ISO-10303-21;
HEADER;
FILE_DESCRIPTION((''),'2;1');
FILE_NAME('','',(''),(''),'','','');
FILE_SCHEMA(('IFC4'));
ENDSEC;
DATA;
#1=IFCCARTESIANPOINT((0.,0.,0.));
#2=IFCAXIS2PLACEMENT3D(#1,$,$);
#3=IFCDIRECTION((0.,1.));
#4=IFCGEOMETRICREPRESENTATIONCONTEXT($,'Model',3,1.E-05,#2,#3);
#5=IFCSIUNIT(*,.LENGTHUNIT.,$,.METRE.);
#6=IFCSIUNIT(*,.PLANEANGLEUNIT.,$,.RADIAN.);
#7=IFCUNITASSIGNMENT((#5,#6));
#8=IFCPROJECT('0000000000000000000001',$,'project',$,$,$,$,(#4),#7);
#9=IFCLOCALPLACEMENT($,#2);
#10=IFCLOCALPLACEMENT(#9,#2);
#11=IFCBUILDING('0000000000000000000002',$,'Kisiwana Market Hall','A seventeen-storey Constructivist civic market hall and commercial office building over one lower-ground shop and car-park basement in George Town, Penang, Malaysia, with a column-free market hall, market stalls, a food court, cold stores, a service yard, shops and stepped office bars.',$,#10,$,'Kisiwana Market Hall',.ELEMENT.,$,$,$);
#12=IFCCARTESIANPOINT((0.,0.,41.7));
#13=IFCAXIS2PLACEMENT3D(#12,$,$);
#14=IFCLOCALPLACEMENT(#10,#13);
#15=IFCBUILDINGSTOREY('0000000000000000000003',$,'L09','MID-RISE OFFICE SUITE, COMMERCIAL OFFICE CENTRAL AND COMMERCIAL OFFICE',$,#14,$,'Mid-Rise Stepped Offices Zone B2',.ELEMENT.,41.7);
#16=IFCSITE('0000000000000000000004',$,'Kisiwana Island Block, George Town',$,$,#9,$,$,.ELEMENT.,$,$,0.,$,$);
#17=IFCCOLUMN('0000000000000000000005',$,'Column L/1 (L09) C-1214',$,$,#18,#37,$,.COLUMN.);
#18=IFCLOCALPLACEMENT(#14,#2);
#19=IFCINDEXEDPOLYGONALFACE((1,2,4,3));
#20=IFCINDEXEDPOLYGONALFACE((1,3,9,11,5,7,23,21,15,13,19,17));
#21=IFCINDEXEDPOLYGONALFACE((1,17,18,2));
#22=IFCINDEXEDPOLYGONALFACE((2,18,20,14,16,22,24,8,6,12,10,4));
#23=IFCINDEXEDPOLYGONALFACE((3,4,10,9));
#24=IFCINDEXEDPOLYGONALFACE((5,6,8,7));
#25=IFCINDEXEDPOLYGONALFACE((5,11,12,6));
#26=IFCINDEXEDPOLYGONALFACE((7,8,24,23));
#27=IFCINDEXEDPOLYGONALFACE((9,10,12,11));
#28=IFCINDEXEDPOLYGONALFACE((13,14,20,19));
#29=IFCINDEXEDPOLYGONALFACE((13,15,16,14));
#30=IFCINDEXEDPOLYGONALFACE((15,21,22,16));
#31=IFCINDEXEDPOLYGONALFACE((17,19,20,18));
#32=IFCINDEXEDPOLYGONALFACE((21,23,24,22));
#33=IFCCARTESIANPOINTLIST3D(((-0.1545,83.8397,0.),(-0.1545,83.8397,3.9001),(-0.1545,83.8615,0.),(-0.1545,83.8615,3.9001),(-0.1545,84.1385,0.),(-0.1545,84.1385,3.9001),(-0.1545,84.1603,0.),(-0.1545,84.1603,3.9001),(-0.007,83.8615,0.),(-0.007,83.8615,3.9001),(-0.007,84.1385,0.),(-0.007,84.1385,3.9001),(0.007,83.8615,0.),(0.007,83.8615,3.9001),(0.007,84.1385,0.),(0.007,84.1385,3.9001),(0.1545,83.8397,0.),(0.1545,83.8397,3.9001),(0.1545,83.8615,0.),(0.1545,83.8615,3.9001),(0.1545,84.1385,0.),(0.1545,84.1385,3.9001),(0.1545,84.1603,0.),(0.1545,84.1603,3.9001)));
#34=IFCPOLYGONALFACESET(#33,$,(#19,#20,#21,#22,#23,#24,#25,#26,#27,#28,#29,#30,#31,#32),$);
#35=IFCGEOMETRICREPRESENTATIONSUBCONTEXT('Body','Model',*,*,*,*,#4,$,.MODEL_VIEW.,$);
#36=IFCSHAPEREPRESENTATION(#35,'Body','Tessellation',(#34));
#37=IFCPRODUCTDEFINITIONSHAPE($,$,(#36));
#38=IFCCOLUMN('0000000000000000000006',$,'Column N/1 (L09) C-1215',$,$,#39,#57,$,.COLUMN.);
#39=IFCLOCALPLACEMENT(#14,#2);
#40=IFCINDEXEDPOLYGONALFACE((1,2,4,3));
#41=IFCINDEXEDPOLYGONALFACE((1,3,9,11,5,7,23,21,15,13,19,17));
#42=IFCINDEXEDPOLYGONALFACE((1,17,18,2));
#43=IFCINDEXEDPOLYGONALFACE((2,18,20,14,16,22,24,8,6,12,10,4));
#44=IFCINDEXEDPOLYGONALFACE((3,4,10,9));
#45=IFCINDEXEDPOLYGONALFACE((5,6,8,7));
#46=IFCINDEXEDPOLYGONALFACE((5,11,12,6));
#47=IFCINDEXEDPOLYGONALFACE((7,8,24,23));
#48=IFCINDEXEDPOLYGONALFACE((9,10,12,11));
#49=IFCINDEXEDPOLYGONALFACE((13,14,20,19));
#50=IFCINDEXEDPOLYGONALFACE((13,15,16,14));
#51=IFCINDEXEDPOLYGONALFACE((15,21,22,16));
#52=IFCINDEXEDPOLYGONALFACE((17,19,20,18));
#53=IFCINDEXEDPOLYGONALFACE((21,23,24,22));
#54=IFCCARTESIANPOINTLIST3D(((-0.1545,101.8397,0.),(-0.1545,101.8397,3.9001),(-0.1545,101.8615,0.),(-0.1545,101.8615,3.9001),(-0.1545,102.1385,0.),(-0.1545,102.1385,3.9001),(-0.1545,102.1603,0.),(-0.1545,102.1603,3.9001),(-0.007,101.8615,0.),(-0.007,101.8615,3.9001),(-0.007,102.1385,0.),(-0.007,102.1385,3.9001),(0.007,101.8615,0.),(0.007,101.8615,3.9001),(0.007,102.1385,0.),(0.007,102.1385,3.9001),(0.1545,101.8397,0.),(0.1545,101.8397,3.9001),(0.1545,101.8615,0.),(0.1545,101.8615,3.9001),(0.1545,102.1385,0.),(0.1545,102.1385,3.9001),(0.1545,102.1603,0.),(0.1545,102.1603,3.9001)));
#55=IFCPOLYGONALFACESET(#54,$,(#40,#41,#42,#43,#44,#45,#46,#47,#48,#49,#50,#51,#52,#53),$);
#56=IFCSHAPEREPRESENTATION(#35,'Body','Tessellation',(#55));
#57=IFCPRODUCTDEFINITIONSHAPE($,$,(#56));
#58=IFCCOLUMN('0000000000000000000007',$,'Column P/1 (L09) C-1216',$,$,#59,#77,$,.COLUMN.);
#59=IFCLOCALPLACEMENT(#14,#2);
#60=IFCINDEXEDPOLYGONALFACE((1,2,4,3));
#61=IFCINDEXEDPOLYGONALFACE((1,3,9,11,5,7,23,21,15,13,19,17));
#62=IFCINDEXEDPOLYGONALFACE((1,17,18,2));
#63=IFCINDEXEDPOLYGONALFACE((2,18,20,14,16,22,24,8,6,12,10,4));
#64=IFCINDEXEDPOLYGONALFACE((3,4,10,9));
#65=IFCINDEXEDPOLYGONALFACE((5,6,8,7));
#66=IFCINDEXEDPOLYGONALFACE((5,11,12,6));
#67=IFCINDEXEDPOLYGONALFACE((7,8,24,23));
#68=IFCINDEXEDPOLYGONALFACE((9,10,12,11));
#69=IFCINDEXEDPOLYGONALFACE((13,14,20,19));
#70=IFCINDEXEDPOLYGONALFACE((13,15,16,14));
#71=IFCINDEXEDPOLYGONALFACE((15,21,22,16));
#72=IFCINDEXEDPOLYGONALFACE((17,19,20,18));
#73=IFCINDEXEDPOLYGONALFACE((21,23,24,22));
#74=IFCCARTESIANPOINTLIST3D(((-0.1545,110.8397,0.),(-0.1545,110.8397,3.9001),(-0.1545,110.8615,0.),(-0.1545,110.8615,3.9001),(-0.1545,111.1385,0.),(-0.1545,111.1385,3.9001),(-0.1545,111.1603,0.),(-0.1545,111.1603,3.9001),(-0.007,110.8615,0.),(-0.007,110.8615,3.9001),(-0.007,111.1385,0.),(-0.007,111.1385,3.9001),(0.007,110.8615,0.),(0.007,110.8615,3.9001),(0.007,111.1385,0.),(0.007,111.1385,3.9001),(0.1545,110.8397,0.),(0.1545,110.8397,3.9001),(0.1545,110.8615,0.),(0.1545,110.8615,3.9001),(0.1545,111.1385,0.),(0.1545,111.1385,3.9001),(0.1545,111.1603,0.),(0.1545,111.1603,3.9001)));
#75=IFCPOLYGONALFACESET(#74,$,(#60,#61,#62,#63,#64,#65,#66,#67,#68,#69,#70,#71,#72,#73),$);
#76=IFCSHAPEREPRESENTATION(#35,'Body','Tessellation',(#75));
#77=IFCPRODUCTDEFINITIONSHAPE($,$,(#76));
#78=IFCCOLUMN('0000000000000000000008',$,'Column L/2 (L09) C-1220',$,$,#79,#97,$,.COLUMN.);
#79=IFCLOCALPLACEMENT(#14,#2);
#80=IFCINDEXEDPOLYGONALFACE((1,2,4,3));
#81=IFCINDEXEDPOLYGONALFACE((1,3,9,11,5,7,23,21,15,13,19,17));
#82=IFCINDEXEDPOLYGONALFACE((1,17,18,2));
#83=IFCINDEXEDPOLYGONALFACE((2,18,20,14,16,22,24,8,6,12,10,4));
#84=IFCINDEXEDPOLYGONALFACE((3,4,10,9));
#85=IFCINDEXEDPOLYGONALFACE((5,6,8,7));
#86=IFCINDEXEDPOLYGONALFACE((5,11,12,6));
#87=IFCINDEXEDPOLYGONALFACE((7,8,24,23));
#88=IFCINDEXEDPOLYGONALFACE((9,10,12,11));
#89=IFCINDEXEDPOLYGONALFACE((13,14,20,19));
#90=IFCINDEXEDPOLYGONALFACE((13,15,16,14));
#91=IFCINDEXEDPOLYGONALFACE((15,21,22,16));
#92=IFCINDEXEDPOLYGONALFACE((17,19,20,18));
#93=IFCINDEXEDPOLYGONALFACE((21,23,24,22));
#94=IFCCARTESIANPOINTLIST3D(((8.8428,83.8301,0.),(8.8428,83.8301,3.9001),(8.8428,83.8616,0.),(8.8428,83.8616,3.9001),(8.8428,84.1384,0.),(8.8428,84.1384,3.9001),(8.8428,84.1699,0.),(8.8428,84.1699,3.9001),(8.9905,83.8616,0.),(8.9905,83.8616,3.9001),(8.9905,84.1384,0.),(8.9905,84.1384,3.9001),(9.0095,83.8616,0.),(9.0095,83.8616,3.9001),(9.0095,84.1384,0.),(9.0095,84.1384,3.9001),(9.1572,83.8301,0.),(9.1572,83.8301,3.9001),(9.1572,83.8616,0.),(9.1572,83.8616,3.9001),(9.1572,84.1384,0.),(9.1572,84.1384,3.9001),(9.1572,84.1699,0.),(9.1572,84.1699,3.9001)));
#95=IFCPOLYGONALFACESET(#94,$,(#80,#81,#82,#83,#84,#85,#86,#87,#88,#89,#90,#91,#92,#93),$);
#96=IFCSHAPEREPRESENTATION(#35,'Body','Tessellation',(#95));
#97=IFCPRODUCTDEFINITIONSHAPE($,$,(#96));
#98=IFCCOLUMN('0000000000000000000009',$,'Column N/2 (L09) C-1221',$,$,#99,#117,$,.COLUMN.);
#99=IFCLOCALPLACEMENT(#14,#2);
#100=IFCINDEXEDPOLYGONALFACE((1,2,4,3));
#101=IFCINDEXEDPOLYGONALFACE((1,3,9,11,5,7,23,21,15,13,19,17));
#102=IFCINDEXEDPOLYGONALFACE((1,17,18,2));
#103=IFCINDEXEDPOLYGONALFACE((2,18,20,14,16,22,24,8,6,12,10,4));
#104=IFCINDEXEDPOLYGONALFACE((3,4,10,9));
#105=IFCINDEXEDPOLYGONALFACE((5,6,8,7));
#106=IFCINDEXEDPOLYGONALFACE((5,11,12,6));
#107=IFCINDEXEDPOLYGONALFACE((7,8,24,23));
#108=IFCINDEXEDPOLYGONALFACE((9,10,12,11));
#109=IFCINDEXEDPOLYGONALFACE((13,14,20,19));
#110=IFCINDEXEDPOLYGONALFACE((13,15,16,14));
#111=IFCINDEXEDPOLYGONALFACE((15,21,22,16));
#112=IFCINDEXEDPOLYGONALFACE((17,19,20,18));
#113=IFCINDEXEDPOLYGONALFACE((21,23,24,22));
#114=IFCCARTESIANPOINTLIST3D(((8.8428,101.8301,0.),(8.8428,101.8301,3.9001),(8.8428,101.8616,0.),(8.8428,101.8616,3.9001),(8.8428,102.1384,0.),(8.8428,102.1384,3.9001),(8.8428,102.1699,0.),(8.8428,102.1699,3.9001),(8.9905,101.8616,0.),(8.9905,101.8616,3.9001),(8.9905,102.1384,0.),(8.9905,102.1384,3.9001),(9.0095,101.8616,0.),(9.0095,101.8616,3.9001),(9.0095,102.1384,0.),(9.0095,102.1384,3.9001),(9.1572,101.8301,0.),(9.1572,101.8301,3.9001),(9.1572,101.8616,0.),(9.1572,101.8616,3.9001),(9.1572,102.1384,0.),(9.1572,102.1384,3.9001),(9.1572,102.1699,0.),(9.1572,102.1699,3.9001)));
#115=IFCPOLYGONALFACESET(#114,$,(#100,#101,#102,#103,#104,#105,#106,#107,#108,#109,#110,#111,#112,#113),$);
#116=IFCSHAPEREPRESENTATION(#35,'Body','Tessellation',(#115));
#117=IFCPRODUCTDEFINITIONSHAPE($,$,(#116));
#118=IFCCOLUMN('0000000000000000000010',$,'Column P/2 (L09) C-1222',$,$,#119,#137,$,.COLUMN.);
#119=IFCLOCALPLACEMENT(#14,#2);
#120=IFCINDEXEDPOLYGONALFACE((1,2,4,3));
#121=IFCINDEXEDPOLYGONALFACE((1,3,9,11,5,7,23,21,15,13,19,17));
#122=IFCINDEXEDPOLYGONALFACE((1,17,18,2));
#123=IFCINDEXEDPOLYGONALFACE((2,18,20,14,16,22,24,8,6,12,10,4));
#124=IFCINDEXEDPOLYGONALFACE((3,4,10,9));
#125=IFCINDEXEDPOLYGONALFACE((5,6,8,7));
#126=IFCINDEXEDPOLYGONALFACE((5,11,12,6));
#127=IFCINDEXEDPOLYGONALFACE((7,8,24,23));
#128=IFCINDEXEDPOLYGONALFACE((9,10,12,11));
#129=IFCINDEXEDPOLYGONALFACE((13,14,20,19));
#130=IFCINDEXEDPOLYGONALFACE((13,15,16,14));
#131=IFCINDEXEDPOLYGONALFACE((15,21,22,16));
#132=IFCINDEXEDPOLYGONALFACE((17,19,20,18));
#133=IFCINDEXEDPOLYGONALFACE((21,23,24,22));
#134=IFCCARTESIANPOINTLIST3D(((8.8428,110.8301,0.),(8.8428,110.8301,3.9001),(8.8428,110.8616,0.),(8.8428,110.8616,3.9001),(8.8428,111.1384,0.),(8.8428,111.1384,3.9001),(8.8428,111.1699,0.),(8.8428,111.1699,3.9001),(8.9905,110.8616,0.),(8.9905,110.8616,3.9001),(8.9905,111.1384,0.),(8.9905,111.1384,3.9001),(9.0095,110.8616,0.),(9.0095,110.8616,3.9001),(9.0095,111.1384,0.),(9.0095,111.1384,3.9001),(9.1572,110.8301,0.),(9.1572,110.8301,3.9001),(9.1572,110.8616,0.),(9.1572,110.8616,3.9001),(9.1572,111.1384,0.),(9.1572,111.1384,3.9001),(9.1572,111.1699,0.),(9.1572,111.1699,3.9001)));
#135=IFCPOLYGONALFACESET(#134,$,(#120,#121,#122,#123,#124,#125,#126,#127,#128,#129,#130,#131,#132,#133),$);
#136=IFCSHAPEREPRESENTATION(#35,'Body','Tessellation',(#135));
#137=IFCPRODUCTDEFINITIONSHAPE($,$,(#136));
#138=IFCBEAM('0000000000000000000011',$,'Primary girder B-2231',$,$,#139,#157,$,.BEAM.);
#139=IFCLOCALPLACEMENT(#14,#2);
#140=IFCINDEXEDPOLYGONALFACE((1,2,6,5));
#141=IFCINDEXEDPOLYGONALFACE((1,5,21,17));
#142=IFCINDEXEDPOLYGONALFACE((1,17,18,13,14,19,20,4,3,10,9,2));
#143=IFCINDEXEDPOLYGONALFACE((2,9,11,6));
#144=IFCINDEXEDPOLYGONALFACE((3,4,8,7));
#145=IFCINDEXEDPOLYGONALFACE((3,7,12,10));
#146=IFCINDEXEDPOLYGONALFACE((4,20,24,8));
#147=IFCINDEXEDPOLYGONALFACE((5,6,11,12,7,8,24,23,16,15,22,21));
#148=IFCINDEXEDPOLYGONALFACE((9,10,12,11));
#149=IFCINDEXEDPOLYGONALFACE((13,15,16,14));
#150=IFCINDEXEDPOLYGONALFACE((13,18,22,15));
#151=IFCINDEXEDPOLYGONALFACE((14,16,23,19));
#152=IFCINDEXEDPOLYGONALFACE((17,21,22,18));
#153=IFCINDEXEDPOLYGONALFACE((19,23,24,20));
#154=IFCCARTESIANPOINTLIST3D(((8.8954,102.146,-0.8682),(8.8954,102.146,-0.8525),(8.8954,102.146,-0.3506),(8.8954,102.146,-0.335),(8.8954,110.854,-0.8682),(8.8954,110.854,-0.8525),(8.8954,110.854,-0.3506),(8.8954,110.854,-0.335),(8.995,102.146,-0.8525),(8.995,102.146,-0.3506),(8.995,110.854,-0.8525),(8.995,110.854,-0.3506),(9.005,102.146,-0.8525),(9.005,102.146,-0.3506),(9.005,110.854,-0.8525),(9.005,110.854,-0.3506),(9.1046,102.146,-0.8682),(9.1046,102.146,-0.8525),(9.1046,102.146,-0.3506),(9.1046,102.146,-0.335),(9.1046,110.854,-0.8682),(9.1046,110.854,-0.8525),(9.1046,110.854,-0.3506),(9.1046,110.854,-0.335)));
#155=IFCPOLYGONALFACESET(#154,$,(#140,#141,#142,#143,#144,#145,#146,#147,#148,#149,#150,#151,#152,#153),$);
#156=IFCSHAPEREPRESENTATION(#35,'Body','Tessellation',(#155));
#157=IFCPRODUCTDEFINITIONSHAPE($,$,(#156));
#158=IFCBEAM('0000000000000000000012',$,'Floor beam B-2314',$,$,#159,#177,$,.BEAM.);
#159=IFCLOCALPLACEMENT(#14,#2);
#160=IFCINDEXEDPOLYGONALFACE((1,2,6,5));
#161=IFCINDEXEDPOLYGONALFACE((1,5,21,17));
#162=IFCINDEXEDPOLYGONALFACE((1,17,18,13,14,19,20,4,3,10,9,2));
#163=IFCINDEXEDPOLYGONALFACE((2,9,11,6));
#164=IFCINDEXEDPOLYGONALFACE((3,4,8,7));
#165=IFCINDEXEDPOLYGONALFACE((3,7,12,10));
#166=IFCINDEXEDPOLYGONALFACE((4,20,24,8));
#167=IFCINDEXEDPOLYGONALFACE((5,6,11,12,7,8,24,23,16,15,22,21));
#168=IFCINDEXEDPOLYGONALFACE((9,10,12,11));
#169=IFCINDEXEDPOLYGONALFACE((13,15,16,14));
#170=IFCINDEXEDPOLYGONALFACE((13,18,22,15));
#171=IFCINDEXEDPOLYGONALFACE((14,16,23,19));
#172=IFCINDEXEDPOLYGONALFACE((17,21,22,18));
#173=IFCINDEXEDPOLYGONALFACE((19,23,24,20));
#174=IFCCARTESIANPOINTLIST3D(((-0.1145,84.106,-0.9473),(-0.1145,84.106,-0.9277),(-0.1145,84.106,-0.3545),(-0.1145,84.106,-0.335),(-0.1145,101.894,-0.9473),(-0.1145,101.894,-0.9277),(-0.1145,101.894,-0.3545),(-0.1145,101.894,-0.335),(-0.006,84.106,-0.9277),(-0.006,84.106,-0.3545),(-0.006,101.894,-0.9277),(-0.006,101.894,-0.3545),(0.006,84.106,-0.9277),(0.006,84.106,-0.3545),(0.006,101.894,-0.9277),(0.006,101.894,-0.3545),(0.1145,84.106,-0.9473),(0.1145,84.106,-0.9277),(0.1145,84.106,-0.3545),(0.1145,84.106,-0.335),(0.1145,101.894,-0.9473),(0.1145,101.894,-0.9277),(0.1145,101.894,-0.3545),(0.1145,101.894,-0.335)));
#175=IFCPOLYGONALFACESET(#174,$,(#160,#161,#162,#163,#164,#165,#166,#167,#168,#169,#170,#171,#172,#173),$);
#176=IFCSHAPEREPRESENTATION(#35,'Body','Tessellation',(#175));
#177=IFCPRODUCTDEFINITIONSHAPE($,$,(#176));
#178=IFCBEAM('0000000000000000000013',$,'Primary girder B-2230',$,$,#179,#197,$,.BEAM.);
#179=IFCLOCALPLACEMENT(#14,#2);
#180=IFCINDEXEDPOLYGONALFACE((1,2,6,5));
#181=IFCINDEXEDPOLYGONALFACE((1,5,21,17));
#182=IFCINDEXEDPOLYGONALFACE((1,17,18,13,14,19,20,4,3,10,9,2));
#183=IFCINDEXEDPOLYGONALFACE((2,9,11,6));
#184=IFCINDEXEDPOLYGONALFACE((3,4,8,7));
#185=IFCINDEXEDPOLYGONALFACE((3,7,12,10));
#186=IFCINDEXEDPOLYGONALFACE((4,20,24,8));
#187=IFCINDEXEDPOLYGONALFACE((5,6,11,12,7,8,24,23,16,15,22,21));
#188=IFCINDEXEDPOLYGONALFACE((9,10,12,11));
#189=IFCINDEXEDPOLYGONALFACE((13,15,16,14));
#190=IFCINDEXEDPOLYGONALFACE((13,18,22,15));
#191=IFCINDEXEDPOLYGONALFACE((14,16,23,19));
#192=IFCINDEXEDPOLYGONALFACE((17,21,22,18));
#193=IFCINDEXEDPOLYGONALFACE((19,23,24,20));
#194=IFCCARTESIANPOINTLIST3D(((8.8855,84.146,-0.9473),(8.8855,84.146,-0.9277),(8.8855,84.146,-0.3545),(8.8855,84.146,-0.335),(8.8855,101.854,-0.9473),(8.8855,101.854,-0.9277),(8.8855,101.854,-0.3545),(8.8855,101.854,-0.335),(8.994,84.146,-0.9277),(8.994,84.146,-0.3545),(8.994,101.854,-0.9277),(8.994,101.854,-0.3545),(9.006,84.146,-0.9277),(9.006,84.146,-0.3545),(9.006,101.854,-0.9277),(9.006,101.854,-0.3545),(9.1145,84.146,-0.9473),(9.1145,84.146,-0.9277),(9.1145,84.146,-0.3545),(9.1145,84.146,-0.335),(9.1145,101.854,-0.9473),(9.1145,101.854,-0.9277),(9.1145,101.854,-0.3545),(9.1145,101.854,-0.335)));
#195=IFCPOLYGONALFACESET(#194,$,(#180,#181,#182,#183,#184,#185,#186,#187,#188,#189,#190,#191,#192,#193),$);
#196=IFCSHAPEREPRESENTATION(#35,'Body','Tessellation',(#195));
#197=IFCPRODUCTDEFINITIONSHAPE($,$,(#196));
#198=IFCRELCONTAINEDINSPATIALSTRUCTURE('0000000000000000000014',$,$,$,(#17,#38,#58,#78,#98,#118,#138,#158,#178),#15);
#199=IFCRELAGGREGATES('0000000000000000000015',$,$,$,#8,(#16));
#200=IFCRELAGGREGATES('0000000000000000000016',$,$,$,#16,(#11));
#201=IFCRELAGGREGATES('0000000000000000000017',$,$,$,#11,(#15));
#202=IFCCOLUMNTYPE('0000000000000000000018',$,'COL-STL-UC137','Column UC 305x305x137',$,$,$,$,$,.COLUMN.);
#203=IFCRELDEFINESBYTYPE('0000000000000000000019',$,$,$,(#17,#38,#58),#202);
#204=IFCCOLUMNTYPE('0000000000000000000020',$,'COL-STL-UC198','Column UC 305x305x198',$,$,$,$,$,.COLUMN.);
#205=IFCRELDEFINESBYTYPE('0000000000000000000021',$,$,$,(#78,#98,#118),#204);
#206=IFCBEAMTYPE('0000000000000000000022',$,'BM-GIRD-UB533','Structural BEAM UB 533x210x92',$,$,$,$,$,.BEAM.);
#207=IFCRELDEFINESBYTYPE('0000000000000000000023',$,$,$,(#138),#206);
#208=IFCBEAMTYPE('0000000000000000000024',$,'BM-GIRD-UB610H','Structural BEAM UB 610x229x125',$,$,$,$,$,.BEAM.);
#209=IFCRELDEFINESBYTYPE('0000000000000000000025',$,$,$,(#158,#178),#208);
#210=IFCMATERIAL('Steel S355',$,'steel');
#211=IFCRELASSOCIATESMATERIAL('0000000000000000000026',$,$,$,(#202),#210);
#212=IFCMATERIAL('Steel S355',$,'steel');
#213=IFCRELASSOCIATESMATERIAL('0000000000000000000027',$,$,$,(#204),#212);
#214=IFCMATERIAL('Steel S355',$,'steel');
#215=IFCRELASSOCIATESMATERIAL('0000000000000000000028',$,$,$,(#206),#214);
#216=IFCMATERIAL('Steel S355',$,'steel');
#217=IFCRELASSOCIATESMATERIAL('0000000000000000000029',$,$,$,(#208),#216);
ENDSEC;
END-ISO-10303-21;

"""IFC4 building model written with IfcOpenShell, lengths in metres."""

from ifc_helpers import new_model, si_unit, direction, frame, origin, origin_2d, place, context, subcontext, project, spatial, i_section, extrude, material, material_profile, profile_set, type_object, element, save


model = new_model("IFC4")

# Units and contexts
model_context = context("Model", 3, precision=1e-05, world=origin(), true_north=direction((0.0, 1.0)))
body_context = subcontext(model_context, "Body", "Model", "MODEL_VIEW")
ifc_project = project(units=[si_unit("LENGTHUNIT", "METRE"), si_unit("PLANEANGLEUNIT", "RADIAN")], contexts=[model_context])

# Site, building, storey
site_placement = place(None, origin())
site = spatial("IfcSite", under=ifc_project, at=site_placement, Name="Kisiwana Island Block, George Town", CompositionType="ELEMENT", RefElevation=0.0)
building_placement = place(site_placement, origin())
building = spatial("IfcBuilding", under=site, at=building_placement, Name="Kisiwana Market Hall", Description="A seventeen-storey Constructivist civic market hall and commercial office building over one lower-ground shop and car-park basement in George Town, Penang, Malaysia, with a column-free market hall, market stalls, a food court, cold stores, a service yard, shops and stepped office bars.", LongName="Kisiwana Market Hall", CompositionType="ELEMENT")
storey_placement = place(building_placement, frame((0.0, 0.0, 41.7)))
storey = spatial("IfcBuildingStorey", under=building, at=storey_placement, Name="L09", Description="MID-RISE OFFICE SUITE, COMMERCIAL OFFICE CENTRAL AND COMMERCIAL OFFICE", LongName="Mid-Rise Stepped Offices Zone B2", CompositionType="ELEMENT", Elevation=41.7)

# Columns
ifc_material_1 = material(Name="Steel S355", Category="steel")
ifc_material_profile_1 = material_profile(ifc_material_1, i_section(OverallWidth=0.3091, OverallDepth=0.3206, WebThickness=0.0139, FlangeThickness=0.0217, at=origin_2d()), Name="UC 305x305x137")
ifc_profile_set_1 = profile_set([ifc_material_profile_1], Name="Steel S355")
column_type_1 = type_object("IfcColumnType", Name="COL-STL-UC137", Description="Column UC 305x305x137", PredefinedType="COLUMN", material=ifc_profile_set_1)
for number, where, z_axis, x_axis, name in (
    (1, (0.0, 84.0, 0.0), (0.0, 0.0, 1.0), (1.0, 0.0, 0.0), "Column L/1 (L09) C-1214"),
    (2, (0.0, 102.0, 0.0), (0.0, 0.0, 1.0), (1.0, 0.0, 0.0), "Column N/1 (L09) C-1215"),
    (3, (0.0, 111.0, 0.0), (0.0, 0.0, 1.0), (1.0, 0.0, 0.0), "Column P/1 (L09) C-1216"),
):
    element("IfcColumn", number, at=place(storey_placement, frame(where, z_axis=z_axis, x_axis=x_axis)), inside=storey, type_object=column_type_1, Name=name, PredefinedType="COLUMN", context=body_context, shape_type="SweptSolid", body=[
        extrude(i_section(OverallWidth=0.3091, OverallDepth=0.3206, WebThickness=0.0139, FlangeThickness=0.0217, at=origin_2d()), origin(), (0.0, 0.0, 1.0), 3.9001),
    ])
ifc_material_2 = material(Name="Steel S355", Category="steel")
ifc_material_profile_2 = material_profile(ifc_material_2, i_section(OverallWidth=0.3145, OverallDepth=0.3398, WebThickness=0.019, FlangeThickness=0.0315, at=origin_2d()), Name="UC 305x305x198")
ifc_profile_set_2 = profile_set([ifc_material_profile_2], Name="Steel S355")
column_type_2 = type_object("IfcColumnType", Name="COL-STL-UC198", Description="Column UC 305x305x198", PredefinedType="COLUMN", material=ifc_profile_set_2)
for number, where, z_axis, x_axis, name in (
    (4, (9.0, 84.0, 0.0), (0.0, 0.0, 1.0), (1.0, 0.0, 0.0), "Column L/2 (L09) C-1220"),
    (5, (9.0, 102.0, 0.0), (0.0, 0.0, 1.0), (1.0, 0.0, 0.0), "Column N/2 (L09) C-1221"),
    (6, (9.0, 111.0, 0.0), (0.0, 0.0, 1.0), (1.0, 0.0, 0.0), "Column P/2 (L09) C-1222"),
):
    element("IfcColumn", number, at=place(storey_placement, frame(where, z_axis=z_axis, x_axis=x_axis)), inside=storey, type_object=column_type_2, Name=name, PredefinedType="COLUMN", context=body_context, shape_type="SweptSolid", body=[
        extrude(i_section(OverallWidth=0.3145, OverallDepth=0.3398, WebThickness=0.019, FlangeThickness=0.0315, at=origin_2d()), origin(), (0.0, 0.0, 1.0), 3.9001),
    ])

# Beams
ifc_material_3 = material(Name="Steel S355", Category="steel")
ifc_material_profile_3 = material_profile(ifc_material_3, i_section(OverallWidth=0.2092, OverallDepth=0.5332, WebThickness=0.01, FlangeThickness=0.0156, at=origin_2d()), Name="UB 533x210x92")
ifc_profile_set_3 = profile_set([ifc_material_profile_3], Name="Steel S355")
beam_type_1 = type_object("IfcBeamType", Name="BM-GIRD-UB533", Description="Structural BEAM UB 533x210x92", PredefinedType="BEAM", material=ifc_profile_set_3)
beam_1_placement = place(storey_placement, frame((9.0, 102.146, -0.6016), z_axis=(0.0, 1.0, 0.0), x_axis=(-1.0, 0.0, 0.0)))
element("IfcBeam", 7, at=beam_1_placement, inside=storey, type_object=beam_type_1, Name="Primary girder B-2231", PredefinedType="BEAM", context=body_context, shape_type="SweptSolid", body=[
    extrude(i_section(OverallWidth=0.2092, OverallDepth=0.5332, WebThickness=0.01, FlangeThickness=0.0156, at=origin_2d()), origin(), (0.0, 0.0, 1.0), 8.708),
])
ifc_material_4 = material(Name="Steel S355", Category="steel")
ifc_material_profile_4 = material_profile(ifc_material_4, i_section(OverallWidth=0.229, OverallDepth=0.6123, WebThickness=0.012, FlangeThickness=0.0195, at=origin_2d()), Name="UB 610x229x125")
ifc_profile_set_4 = profile_set([ifc_material_profile_4], Name="Steel S355")
beam_type_2 = type_object("IfcBeamType", Name="BM-GIRD-UB610H", Description="Structural BEAM UB 610x229x125", PredefinedType="BEAM", material=ifc_profile_set_4)
beam_2_placement = place(storey_placement, frame((0.0, 84.106, -0.6411), z_axis=(0.0, 1.0, 0.0), x_axis=(-1.0, 0.0, 0.0)))
element("IfcBeam", 8, at=beam_2_placement, inside=storey, type_object=beam_type_2, Name="Floor beam B-2314", PredefinedType="BEAM", context=body_context, shape_type="SweptSolid", body=[
    extrude(i_section(OverallWidth=0.229, OverallDepth=0.6123, WebThickness=0.012, FlangeThickness=0.0195, at=origin_2d()), origin(), (0.0, 0.0, 1.0), 17.7881),
])
beam_3_placement = place(storey_placement, frame((9.0, 84.146, -0.6411), z_axis=(0.0, 1.0, 0.0), x_axis=(-1.0, 0.0, 0.0)))
element("IfcBeam", 9, at=beam_3_placement, inside=storey, type_object=beam_type_2, Name="Primary girder B-2230", PredefinedType="BEAM", context=body_context, shape_type="SweptSolid", body=[
    extrude(i_section(OverallWidth=0.229, OverallDepth=0.6123, WebThickness=0.012, FlangeThickness=0.0195, at=origin_2d()), origin(), (0.0, 0.0, 1.0), 17.708),
])

save(model, "model.ifc")
